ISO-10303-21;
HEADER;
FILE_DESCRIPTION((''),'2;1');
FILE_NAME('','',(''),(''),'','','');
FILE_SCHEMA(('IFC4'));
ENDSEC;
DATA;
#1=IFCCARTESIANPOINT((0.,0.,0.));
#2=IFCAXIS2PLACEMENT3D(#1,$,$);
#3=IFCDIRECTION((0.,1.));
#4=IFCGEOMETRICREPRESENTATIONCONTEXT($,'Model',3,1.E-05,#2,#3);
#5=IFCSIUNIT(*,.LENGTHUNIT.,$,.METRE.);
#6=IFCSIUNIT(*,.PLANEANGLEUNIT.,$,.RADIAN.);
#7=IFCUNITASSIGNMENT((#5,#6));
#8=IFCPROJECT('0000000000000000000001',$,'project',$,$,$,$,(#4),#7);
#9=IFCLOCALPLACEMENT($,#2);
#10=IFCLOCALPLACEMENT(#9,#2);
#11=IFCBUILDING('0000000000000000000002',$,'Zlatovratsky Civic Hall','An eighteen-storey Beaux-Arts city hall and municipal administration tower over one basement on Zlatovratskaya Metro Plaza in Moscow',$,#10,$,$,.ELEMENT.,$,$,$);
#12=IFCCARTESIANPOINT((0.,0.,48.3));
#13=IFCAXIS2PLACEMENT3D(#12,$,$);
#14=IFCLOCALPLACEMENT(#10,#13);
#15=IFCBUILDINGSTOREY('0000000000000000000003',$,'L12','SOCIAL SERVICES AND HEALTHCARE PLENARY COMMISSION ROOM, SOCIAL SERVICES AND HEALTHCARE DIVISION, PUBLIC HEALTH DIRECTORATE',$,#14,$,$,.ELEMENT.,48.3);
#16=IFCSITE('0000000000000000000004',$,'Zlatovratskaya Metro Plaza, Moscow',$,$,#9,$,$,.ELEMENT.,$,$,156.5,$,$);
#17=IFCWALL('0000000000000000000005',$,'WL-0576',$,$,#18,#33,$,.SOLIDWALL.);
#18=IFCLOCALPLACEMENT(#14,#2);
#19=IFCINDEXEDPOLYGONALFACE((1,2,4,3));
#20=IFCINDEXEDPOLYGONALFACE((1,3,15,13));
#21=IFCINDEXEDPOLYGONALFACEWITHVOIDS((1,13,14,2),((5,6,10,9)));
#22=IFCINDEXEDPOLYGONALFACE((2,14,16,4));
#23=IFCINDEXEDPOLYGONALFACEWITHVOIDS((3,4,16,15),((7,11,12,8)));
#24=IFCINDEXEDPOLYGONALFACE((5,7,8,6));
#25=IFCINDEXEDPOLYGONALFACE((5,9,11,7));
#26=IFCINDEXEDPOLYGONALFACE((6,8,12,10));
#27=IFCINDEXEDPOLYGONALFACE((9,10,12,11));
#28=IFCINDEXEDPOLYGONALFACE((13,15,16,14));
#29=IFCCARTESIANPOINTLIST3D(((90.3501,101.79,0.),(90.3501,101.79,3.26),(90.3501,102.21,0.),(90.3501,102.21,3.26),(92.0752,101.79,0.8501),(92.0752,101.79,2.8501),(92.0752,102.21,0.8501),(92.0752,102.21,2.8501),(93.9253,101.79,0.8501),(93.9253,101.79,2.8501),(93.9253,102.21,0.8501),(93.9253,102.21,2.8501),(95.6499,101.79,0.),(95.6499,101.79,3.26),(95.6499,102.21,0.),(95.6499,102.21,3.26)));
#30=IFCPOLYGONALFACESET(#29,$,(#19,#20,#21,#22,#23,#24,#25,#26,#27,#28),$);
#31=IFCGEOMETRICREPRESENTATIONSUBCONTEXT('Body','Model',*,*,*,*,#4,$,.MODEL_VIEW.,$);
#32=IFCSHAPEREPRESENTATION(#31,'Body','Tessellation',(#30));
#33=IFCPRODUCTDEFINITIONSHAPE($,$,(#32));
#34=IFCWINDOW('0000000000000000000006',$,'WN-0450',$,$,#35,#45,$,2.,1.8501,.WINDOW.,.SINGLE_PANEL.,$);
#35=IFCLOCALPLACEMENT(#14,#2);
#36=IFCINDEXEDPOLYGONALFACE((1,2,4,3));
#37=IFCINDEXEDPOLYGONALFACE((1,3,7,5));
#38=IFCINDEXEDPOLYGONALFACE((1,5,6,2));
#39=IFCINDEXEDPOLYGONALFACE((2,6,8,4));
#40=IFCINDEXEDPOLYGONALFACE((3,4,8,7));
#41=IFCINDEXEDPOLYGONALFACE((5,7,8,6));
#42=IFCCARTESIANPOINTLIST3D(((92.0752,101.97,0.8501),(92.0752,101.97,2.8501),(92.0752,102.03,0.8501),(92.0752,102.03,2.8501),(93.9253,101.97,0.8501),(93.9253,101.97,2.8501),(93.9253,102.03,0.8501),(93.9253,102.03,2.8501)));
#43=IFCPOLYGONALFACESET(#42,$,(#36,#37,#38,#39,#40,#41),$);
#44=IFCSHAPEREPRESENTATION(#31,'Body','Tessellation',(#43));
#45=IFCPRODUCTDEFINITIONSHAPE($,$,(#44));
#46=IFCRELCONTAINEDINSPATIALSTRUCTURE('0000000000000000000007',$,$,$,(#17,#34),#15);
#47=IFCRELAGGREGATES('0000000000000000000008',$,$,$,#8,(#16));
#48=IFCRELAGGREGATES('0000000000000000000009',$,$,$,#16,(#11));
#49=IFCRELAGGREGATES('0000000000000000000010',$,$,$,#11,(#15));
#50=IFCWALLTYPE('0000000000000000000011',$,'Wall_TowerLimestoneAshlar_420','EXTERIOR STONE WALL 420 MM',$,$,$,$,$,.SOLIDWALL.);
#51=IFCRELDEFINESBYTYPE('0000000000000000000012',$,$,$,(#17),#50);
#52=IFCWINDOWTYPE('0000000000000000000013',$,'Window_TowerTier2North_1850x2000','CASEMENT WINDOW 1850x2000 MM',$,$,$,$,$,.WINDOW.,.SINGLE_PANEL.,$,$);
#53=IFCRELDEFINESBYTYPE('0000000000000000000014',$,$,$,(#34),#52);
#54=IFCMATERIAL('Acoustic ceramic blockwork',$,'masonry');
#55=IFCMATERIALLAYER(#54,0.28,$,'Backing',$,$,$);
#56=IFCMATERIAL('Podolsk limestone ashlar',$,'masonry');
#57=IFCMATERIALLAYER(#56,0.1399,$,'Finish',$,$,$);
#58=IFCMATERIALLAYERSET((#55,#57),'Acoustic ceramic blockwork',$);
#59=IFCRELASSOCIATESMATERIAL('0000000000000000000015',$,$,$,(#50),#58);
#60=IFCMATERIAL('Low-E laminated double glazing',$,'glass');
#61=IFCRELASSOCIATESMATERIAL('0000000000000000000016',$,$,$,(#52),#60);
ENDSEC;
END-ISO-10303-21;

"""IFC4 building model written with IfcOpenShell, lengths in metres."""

from ifc_helpers import new_model, si_unit, direction, frame, frame_2d, origin, place, context, subcontext, project, spatial, rectangle, extrude, material, layer, layer_set, type_object, element, fill, save


model = new_model("IFC4")

# Units and contexts
model_context = context("Model", 3, precision=1e-05, world=origin(), true_north=direction((0.0, 1.0)))
body_context = subcontext(model_context, "Body", "Model", "MODEL_VIEW")
ifc_project = project(units=[si_unit("LENGTHUNIT", "METRE"), si_unit("PLANEANGLEUNIT", "RADIAN")], contexts=[model_context])

# Site, building, storey
site_placement = place(None, origin())
site = spatial("IfcSite", under=ifc_project, at=site_placement, Name="Zlatovratskaya Metro Plaza, Moscow", CompositionType="ELEMENT", RefElevation=156.5)
building_placement = place(site_placement, origin())
building = spatial("IfcBuilding", under=site, at=building_placement, Name="Zlatovratsky Civic Hall", Description="An eighteen-storey Beaux-Arts city hall and municipal administration tower over one basement on Zlatovratskaya Metro Plaza in Moscow", CompositionType="ELEMENT")
storey_placement = place(building_placement, frame((0.0, 0.0, 48.3)))
storey = spatial("IfcBuildingStorey", under=building, at=storey_placement, Name="L12", Description="SOCIAL SERVICES AND HEALTHCARE PLENARY COMMISSION ROOM, SOCIAL SERVICES AND HEALTHCARE DIVISION, PUBLIC HEALTH DIRECTORATE", CompositionType="ELEMENT", Elevation=48.3)

# Wall, opening, window
ifc_material_1 = material(Name="Acoustic ceramic blockwork", Category="masonry")
ifc_layer_1 = layer(ifc_material_1, 0.28, Name="Backing")
ifc_material_2 = material(Name="Podolsk limestone ashlar", Category="masonry")
ifc_layer_2 = layer(ifc_material_2, 0.1399, Name="Finish")
ifc_layer_set_1 = layer_set([ifc_layer_1, ifc_layer_2], Name="Acoustic ceramic blockwork")
wall_type = type_object("IfcWallType", Name="Wall_TowerLimestoneAshlar_420", Description="EXTERIOR STONE WALL 420 MM", PredefinedType="SOLIDWALL", material=ifc_layer_set_1)
wall_placement = place(storey_placement, frame((90.3501, 102.0, 0.0), z_axis=(0.0, 0.0, 1.0), x_axis=(1.0, 0.0, 0.0)))
wall = element("IfcWall", 1, at=wall_placement, inside=storey, type_object=wall_type, Name="WL-0576", PredefinedType="SOLIDWALL", context=body_context, shape_type="SweptSolid", body=[
    extrude(rectangle(XDim=5.2998, YDim=0.4199, at=frame_2d((2.6499, 0.0))), origin(), (0.0, 0.0, 1.0), 3.26),
])
opening_placement = place(wall_placement, frame((1.7251, 0.0, 0.8501)))
opening = element("IfcOpeningElement", 2, at=opening_placement, cuts=wall, PredefinedType="OPENING", context=body_context, shape_type="SweptSolid", body=[
    extrude(rectangle(XDim=1.8501, YDim=2.0, at=frame_2d((0.925, 1.0))), frame((0.0, 0.2249, 0.0), z_axis=(0.0, -1.0, 0.0), x_axis=(1.0, 0.0, 0.0)), (0.0, 0.0, 1.0), 0.4497),
])
ifc_material_3 = material(Name="Low-E laminated double glazing", Category="glass")
window_type = type_object("IfcWindowType", Name="Window_TowerTier2North_1850x2000", Description="CASEMENT WINDOW 1850x2000 MM", PartitioningType="SINGLE_PANEL", PredefinedType="WINDOW", material=ifc_material_3)
window_placement = place(opening_placement, origin())
window = element("IfcWindow", 3, at=window_placement, inside=storey, type_object=window_type, Name="WN-0450", OverallHeight=2.0, OverallWidth=1.8501, PartitioningType="SINGLE_PANEL", PredefinedType="WINDOW", context=body_context, shape_type="SweptSolid", body=[
    extrude(rectangle(XDim=1.8501, YDim=2.0, at=frame_2d((0.925, 1.0))), frame((0.0, 0.03, 0.0), z_axis=(0.0, -1.0, 0.0), x_axis=(1.0, 0.0, 0.0)), (0.0, 0.0, 1.0), 0.0601),
])
fill(opening, window)

save(model, "model.ifc")
